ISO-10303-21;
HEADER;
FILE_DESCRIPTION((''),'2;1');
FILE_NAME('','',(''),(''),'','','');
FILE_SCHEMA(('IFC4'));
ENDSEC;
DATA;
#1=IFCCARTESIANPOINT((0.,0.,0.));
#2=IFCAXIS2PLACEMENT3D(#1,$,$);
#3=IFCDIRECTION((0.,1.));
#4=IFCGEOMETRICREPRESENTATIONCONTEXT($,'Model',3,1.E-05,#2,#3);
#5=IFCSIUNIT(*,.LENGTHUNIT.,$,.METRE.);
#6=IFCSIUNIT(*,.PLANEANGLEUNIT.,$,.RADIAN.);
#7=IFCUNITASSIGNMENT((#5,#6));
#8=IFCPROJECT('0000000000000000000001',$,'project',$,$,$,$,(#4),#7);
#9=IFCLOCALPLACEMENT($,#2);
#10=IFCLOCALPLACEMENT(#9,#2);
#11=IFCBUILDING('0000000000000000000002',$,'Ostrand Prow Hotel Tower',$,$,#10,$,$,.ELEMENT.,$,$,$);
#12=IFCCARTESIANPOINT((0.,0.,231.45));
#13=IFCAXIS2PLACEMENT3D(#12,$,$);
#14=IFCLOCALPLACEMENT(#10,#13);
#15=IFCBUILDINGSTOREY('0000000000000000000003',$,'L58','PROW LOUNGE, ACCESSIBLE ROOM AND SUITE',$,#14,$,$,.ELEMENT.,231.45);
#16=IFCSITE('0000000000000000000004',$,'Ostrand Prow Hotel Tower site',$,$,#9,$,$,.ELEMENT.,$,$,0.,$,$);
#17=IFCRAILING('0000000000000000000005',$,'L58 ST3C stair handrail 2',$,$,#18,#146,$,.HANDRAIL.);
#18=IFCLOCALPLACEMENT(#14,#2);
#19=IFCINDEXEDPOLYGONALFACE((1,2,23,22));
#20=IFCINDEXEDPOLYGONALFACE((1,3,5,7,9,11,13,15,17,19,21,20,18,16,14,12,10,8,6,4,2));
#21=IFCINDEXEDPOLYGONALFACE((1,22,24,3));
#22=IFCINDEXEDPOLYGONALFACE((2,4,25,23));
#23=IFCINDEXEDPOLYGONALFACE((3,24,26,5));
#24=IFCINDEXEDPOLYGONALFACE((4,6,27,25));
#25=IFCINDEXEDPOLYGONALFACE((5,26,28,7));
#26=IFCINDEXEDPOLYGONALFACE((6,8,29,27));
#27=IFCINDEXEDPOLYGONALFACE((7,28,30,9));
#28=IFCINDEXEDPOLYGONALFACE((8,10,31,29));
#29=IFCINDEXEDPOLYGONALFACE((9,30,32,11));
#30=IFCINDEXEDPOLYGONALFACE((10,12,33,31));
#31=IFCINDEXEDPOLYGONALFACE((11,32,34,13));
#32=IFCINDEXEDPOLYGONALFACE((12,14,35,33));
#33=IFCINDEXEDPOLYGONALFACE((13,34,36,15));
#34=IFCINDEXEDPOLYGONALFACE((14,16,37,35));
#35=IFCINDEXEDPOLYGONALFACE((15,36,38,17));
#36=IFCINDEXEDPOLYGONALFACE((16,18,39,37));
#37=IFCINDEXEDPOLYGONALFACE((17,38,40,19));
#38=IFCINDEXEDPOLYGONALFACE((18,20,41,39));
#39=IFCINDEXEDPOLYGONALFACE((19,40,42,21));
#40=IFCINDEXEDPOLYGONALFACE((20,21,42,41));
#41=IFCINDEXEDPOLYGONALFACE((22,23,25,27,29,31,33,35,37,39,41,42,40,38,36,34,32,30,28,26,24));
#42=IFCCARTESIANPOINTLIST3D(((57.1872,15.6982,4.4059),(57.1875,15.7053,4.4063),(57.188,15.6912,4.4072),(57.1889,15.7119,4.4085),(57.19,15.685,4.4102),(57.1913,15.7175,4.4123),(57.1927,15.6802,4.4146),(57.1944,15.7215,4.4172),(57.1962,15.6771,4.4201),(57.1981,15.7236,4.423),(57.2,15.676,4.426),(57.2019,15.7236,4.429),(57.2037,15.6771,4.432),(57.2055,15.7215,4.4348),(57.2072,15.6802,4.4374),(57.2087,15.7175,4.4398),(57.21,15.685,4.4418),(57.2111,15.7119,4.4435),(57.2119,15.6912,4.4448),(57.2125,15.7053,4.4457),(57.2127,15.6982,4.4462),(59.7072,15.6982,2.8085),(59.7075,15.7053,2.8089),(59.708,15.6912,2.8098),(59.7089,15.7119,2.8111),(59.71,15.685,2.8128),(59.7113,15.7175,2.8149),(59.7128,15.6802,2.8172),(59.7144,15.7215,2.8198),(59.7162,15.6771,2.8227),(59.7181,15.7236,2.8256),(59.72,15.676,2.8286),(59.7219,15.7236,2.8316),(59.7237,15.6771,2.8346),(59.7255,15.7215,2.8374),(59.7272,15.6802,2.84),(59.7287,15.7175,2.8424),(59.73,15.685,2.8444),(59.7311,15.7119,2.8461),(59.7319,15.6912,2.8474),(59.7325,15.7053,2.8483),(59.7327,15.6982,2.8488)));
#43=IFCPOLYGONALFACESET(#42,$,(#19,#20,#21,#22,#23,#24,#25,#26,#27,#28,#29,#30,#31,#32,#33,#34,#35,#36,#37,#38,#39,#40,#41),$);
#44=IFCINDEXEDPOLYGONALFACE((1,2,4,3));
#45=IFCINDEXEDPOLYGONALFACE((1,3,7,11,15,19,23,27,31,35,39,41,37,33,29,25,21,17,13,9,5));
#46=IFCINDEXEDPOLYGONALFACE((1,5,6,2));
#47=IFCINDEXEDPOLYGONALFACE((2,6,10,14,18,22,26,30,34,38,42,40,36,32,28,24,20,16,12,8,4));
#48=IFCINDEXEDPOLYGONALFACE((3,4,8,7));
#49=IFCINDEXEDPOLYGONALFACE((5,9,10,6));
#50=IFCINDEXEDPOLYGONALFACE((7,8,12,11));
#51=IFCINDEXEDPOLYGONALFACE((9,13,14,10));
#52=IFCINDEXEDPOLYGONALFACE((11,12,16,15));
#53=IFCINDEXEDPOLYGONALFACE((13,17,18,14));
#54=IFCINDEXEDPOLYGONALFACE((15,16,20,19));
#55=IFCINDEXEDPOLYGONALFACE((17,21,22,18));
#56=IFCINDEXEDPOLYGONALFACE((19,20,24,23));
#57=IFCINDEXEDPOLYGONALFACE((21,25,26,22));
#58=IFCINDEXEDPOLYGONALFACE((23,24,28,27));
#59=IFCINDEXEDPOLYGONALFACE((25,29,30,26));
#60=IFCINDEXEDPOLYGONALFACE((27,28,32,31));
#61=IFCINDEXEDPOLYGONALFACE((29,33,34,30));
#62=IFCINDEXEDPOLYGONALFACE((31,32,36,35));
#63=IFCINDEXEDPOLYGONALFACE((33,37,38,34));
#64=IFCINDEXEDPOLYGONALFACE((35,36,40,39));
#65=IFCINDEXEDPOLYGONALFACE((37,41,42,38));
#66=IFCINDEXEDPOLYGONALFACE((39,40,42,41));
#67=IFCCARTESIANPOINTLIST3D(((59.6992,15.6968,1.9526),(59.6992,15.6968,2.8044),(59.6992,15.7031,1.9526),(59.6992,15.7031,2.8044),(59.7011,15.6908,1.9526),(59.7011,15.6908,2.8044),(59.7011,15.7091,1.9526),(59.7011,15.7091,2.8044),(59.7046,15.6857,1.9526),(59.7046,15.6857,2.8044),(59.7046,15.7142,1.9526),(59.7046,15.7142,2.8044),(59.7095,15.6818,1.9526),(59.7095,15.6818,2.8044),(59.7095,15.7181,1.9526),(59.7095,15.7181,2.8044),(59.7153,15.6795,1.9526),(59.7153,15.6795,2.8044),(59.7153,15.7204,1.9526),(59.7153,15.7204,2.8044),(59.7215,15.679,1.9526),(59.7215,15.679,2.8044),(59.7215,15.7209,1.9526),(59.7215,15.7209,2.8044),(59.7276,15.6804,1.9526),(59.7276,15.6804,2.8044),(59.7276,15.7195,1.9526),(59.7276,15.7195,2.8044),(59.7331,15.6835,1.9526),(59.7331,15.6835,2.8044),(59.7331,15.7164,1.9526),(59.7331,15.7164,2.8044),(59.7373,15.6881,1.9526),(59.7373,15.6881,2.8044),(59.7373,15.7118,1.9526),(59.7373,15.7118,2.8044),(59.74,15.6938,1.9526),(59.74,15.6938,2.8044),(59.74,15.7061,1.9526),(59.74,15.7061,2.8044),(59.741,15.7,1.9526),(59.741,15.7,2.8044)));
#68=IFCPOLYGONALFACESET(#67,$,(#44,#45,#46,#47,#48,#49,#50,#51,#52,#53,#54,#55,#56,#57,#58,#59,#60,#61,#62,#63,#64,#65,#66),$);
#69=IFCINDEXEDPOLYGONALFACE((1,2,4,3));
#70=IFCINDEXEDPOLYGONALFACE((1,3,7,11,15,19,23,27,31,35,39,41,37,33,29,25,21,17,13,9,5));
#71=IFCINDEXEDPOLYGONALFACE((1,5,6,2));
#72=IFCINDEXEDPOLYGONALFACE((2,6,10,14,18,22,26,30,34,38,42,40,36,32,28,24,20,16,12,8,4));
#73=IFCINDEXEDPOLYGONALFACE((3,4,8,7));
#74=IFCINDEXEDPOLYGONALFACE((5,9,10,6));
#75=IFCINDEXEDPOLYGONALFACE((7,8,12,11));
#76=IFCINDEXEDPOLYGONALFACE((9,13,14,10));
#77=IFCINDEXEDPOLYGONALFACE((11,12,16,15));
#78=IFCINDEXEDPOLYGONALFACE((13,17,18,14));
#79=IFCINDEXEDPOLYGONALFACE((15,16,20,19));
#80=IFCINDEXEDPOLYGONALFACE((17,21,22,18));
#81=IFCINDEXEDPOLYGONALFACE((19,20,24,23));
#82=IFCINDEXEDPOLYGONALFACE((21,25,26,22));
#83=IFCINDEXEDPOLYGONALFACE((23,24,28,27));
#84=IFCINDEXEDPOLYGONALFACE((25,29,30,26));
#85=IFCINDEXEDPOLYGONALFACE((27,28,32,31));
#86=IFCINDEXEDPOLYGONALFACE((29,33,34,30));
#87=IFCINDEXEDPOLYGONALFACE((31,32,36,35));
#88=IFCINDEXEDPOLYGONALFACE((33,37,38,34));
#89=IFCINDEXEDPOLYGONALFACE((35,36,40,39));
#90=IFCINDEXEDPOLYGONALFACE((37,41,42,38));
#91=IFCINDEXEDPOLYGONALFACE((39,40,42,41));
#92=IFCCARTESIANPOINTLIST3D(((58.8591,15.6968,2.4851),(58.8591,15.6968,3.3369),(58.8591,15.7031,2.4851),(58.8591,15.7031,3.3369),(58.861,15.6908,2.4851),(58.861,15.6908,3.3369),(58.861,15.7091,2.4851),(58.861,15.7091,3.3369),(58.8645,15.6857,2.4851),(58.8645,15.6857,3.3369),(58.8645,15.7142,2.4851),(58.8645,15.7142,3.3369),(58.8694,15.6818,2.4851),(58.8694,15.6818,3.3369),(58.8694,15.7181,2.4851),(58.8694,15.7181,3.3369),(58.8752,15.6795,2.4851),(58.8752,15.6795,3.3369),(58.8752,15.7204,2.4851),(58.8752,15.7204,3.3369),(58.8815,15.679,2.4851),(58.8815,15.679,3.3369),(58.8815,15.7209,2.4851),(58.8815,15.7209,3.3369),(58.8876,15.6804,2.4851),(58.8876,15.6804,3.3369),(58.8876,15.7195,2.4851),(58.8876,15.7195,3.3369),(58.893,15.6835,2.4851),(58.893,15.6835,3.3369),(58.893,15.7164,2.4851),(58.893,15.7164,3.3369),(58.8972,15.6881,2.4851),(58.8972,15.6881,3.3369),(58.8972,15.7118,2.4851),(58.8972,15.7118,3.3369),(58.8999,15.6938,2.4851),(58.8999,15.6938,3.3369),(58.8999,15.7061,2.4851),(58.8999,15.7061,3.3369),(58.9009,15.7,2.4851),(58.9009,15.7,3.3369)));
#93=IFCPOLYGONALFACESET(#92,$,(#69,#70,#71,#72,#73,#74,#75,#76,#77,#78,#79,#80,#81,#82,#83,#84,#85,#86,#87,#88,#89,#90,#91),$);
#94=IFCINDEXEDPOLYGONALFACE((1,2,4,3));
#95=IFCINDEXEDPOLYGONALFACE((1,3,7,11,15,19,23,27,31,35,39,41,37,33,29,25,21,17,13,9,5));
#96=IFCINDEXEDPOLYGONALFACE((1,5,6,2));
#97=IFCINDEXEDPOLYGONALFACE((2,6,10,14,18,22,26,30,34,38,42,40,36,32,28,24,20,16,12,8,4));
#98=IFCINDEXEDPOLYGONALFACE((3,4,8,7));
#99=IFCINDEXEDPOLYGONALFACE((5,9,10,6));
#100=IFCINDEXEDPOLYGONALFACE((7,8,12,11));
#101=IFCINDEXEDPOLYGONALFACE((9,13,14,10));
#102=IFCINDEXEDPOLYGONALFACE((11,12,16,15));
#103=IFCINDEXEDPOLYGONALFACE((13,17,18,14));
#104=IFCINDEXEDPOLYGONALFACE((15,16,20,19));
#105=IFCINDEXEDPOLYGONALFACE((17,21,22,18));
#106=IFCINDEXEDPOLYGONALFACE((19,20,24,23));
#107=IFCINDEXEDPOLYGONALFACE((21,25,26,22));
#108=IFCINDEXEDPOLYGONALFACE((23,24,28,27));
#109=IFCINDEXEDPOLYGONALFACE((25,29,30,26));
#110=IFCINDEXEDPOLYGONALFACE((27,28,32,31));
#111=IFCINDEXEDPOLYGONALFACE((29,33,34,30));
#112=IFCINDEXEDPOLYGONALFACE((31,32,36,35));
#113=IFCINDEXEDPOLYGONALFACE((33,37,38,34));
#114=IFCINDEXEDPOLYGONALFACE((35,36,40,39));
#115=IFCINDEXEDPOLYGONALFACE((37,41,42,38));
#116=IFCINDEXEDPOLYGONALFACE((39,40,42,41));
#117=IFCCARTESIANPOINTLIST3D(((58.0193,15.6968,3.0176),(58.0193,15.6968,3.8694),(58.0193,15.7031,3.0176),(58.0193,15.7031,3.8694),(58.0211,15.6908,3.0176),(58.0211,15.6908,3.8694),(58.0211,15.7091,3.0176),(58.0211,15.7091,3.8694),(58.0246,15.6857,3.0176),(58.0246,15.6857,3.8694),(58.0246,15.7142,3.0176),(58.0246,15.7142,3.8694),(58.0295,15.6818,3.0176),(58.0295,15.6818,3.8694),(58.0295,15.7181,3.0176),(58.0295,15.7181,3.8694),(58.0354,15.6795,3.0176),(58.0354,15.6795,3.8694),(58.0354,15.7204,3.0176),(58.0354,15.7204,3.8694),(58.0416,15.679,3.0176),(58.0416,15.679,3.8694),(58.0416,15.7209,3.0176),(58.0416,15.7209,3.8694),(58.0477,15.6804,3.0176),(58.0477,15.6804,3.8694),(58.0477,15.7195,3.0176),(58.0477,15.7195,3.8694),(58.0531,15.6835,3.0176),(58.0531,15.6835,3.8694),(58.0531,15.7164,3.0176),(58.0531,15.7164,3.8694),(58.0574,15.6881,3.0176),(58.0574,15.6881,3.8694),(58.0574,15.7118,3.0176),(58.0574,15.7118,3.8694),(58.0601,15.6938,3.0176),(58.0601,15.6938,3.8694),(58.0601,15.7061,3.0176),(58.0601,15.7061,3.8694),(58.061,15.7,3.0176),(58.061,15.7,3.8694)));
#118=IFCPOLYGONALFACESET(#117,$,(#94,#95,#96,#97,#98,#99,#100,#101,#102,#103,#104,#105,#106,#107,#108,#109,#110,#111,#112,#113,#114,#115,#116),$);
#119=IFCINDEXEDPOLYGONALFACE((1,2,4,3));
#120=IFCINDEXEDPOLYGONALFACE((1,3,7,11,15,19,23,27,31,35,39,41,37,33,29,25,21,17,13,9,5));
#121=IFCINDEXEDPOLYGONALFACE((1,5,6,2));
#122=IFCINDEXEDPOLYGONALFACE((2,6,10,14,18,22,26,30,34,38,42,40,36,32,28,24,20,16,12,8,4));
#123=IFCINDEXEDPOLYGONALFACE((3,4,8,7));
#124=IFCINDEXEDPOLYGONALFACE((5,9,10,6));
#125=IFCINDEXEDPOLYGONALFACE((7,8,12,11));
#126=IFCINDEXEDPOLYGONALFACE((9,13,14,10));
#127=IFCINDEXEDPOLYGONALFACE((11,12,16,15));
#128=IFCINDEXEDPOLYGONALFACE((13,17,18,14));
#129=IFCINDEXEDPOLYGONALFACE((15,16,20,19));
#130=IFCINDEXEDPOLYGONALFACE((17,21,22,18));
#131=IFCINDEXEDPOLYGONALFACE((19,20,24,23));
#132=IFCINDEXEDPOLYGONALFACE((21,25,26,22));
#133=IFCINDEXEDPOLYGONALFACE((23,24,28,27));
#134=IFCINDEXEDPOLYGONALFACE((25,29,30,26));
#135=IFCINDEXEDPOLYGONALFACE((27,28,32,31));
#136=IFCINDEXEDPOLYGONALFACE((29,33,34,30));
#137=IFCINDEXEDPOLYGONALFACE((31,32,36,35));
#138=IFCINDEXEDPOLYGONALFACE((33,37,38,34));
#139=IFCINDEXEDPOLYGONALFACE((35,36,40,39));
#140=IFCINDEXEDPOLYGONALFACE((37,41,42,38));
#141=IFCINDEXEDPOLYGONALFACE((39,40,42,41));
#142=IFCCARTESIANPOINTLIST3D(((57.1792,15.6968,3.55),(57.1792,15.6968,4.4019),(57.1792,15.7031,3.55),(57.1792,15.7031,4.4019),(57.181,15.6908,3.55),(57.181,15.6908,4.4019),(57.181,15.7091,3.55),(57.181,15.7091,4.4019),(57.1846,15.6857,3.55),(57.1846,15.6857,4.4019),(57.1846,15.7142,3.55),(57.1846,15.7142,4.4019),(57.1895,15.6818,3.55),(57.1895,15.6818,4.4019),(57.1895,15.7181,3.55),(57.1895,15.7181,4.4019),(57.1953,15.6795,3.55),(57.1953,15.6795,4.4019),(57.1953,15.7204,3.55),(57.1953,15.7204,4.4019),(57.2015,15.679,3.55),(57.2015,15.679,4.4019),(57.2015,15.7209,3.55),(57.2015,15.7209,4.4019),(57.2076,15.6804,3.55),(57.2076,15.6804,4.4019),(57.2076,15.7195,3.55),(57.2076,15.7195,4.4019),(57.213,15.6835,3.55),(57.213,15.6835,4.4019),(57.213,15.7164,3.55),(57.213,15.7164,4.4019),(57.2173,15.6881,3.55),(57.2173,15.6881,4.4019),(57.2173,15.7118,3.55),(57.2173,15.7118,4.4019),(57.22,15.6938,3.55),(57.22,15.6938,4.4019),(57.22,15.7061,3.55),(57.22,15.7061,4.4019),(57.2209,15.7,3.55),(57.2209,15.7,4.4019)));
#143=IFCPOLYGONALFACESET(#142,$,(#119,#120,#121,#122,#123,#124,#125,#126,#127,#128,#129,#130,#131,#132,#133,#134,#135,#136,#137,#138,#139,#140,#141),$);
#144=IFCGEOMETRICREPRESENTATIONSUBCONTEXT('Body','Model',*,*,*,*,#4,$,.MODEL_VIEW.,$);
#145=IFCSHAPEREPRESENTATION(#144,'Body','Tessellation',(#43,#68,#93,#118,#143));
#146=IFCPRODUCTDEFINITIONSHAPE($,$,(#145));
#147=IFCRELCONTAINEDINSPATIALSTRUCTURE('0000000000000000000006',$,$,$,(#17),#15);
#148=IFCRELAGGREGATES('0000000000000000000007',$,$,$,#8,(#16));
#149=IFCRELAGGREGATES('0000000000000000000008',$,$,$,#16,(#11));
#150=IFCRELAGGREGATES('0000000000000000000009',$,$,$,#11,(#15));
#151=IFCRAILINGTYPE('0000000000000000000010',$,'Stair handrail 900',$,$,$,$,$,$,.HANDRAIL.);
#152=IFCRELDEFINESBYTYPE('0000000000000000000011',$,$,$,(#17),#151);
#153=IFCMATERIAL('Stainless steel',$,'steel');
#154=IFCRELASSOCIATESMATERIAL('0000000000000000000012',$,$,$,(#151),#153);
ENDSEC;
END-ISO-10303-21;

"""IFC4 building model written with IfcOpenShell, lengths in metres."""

from ifc_helpers import new_model, si_unit, direction, frame, origin, origin_2d, place, context, subcontext, project, spatial, circle, extrude, material, type_object, element, save


model = new_model("IFC4")

# Units and contexts
model_context = context("Model", 3, precision=1e-05, world=origin(), true_north=direction((0.0, 1.0)))
body_context = subcontext(model_context, "Body", "Model", "MODEL_VIEW")
ifc_project = project(units=[si_unit("LENGTHUNIT", "METRE"), si_unit("PLANEANGLEUNIT", "RADIAN")], contexts=[model_context])

# Site, building, storey
site_placement = place(None, origin())
site = spatial("IfcSite", under=ifc_project, at=site_placement, Name="Ostrand Prow Hotel Tower site", CompositionType="ELEMENT", RefElevation=0.0)
building_placement = place(site_placement, origin())
building = spatial("IfcBuilding", under=site, at=building_placement, Name="Ostrand Prow Hotel Tower", CompositionType="ELEMENT")
storey_placement = place(building_placement, frame((0.0, 0.0, 231.45)))
storey = spatial("IfcBuildingStorey", under=building, at=storey_placement, Name="L58", Description="PROW LOUNGE, ACCESSIBLE ROOM AND SUITE", CompositionType="ELEMENT", Elevation=231.45)

# Railing
ifc_material_1 = material(Name="Stainless steel", Category="steel")
railing_type_1 = type_object("IfcRailingType", Name="Stair handrail 900", PredefinedType="HANDRAIL", material=ifc_material_1)
railing_1_placement = place(storey_placement, frame((59.72, 15.7, 1.9526)))
element("IfcRailing", 1, at=railing_1_placement, inside=storey, type_object=railing_type_1, Name="L58 ST3C stair handrail 2", PredefinedType="HANDRAIL", context=body_context, shape_type="SweptSolid", body=[
    extrude(circle(Radius=0.0239, at=origin_2d()), frame((0.0, 0.0, 0.876), z_axis=(-0.844607, 0.0, 0.535387), x_axis=(0.0, -1.0, 0.0)), (0.0, 0.0, 1.0), 2.9836),
    extrude(circle(Radius=0.021, at=origin_2d()), origin(), (0.0, 0.0, 1.0), 0.8518),
    extrude(circle(Radius=0.021, at=origin_2d()), frame((-0.8401, 0.0, 0.5325)), (0.0, 0.0, 1.0), 0.8518),
    extrude(circle(Radius=0.021, at=origin_2d()), frame((-1.6799, 0.0, 1.0649)), (0.0, 0.0, 1.0), 0.8518),
    extrude(circle(Radius=0.021, at=origin_2d()), frame((-2.52, 0.0, 1.5974)), (0.0, 0.0, 1.0), 0.8518),
])

save(model, "model.ifc")
